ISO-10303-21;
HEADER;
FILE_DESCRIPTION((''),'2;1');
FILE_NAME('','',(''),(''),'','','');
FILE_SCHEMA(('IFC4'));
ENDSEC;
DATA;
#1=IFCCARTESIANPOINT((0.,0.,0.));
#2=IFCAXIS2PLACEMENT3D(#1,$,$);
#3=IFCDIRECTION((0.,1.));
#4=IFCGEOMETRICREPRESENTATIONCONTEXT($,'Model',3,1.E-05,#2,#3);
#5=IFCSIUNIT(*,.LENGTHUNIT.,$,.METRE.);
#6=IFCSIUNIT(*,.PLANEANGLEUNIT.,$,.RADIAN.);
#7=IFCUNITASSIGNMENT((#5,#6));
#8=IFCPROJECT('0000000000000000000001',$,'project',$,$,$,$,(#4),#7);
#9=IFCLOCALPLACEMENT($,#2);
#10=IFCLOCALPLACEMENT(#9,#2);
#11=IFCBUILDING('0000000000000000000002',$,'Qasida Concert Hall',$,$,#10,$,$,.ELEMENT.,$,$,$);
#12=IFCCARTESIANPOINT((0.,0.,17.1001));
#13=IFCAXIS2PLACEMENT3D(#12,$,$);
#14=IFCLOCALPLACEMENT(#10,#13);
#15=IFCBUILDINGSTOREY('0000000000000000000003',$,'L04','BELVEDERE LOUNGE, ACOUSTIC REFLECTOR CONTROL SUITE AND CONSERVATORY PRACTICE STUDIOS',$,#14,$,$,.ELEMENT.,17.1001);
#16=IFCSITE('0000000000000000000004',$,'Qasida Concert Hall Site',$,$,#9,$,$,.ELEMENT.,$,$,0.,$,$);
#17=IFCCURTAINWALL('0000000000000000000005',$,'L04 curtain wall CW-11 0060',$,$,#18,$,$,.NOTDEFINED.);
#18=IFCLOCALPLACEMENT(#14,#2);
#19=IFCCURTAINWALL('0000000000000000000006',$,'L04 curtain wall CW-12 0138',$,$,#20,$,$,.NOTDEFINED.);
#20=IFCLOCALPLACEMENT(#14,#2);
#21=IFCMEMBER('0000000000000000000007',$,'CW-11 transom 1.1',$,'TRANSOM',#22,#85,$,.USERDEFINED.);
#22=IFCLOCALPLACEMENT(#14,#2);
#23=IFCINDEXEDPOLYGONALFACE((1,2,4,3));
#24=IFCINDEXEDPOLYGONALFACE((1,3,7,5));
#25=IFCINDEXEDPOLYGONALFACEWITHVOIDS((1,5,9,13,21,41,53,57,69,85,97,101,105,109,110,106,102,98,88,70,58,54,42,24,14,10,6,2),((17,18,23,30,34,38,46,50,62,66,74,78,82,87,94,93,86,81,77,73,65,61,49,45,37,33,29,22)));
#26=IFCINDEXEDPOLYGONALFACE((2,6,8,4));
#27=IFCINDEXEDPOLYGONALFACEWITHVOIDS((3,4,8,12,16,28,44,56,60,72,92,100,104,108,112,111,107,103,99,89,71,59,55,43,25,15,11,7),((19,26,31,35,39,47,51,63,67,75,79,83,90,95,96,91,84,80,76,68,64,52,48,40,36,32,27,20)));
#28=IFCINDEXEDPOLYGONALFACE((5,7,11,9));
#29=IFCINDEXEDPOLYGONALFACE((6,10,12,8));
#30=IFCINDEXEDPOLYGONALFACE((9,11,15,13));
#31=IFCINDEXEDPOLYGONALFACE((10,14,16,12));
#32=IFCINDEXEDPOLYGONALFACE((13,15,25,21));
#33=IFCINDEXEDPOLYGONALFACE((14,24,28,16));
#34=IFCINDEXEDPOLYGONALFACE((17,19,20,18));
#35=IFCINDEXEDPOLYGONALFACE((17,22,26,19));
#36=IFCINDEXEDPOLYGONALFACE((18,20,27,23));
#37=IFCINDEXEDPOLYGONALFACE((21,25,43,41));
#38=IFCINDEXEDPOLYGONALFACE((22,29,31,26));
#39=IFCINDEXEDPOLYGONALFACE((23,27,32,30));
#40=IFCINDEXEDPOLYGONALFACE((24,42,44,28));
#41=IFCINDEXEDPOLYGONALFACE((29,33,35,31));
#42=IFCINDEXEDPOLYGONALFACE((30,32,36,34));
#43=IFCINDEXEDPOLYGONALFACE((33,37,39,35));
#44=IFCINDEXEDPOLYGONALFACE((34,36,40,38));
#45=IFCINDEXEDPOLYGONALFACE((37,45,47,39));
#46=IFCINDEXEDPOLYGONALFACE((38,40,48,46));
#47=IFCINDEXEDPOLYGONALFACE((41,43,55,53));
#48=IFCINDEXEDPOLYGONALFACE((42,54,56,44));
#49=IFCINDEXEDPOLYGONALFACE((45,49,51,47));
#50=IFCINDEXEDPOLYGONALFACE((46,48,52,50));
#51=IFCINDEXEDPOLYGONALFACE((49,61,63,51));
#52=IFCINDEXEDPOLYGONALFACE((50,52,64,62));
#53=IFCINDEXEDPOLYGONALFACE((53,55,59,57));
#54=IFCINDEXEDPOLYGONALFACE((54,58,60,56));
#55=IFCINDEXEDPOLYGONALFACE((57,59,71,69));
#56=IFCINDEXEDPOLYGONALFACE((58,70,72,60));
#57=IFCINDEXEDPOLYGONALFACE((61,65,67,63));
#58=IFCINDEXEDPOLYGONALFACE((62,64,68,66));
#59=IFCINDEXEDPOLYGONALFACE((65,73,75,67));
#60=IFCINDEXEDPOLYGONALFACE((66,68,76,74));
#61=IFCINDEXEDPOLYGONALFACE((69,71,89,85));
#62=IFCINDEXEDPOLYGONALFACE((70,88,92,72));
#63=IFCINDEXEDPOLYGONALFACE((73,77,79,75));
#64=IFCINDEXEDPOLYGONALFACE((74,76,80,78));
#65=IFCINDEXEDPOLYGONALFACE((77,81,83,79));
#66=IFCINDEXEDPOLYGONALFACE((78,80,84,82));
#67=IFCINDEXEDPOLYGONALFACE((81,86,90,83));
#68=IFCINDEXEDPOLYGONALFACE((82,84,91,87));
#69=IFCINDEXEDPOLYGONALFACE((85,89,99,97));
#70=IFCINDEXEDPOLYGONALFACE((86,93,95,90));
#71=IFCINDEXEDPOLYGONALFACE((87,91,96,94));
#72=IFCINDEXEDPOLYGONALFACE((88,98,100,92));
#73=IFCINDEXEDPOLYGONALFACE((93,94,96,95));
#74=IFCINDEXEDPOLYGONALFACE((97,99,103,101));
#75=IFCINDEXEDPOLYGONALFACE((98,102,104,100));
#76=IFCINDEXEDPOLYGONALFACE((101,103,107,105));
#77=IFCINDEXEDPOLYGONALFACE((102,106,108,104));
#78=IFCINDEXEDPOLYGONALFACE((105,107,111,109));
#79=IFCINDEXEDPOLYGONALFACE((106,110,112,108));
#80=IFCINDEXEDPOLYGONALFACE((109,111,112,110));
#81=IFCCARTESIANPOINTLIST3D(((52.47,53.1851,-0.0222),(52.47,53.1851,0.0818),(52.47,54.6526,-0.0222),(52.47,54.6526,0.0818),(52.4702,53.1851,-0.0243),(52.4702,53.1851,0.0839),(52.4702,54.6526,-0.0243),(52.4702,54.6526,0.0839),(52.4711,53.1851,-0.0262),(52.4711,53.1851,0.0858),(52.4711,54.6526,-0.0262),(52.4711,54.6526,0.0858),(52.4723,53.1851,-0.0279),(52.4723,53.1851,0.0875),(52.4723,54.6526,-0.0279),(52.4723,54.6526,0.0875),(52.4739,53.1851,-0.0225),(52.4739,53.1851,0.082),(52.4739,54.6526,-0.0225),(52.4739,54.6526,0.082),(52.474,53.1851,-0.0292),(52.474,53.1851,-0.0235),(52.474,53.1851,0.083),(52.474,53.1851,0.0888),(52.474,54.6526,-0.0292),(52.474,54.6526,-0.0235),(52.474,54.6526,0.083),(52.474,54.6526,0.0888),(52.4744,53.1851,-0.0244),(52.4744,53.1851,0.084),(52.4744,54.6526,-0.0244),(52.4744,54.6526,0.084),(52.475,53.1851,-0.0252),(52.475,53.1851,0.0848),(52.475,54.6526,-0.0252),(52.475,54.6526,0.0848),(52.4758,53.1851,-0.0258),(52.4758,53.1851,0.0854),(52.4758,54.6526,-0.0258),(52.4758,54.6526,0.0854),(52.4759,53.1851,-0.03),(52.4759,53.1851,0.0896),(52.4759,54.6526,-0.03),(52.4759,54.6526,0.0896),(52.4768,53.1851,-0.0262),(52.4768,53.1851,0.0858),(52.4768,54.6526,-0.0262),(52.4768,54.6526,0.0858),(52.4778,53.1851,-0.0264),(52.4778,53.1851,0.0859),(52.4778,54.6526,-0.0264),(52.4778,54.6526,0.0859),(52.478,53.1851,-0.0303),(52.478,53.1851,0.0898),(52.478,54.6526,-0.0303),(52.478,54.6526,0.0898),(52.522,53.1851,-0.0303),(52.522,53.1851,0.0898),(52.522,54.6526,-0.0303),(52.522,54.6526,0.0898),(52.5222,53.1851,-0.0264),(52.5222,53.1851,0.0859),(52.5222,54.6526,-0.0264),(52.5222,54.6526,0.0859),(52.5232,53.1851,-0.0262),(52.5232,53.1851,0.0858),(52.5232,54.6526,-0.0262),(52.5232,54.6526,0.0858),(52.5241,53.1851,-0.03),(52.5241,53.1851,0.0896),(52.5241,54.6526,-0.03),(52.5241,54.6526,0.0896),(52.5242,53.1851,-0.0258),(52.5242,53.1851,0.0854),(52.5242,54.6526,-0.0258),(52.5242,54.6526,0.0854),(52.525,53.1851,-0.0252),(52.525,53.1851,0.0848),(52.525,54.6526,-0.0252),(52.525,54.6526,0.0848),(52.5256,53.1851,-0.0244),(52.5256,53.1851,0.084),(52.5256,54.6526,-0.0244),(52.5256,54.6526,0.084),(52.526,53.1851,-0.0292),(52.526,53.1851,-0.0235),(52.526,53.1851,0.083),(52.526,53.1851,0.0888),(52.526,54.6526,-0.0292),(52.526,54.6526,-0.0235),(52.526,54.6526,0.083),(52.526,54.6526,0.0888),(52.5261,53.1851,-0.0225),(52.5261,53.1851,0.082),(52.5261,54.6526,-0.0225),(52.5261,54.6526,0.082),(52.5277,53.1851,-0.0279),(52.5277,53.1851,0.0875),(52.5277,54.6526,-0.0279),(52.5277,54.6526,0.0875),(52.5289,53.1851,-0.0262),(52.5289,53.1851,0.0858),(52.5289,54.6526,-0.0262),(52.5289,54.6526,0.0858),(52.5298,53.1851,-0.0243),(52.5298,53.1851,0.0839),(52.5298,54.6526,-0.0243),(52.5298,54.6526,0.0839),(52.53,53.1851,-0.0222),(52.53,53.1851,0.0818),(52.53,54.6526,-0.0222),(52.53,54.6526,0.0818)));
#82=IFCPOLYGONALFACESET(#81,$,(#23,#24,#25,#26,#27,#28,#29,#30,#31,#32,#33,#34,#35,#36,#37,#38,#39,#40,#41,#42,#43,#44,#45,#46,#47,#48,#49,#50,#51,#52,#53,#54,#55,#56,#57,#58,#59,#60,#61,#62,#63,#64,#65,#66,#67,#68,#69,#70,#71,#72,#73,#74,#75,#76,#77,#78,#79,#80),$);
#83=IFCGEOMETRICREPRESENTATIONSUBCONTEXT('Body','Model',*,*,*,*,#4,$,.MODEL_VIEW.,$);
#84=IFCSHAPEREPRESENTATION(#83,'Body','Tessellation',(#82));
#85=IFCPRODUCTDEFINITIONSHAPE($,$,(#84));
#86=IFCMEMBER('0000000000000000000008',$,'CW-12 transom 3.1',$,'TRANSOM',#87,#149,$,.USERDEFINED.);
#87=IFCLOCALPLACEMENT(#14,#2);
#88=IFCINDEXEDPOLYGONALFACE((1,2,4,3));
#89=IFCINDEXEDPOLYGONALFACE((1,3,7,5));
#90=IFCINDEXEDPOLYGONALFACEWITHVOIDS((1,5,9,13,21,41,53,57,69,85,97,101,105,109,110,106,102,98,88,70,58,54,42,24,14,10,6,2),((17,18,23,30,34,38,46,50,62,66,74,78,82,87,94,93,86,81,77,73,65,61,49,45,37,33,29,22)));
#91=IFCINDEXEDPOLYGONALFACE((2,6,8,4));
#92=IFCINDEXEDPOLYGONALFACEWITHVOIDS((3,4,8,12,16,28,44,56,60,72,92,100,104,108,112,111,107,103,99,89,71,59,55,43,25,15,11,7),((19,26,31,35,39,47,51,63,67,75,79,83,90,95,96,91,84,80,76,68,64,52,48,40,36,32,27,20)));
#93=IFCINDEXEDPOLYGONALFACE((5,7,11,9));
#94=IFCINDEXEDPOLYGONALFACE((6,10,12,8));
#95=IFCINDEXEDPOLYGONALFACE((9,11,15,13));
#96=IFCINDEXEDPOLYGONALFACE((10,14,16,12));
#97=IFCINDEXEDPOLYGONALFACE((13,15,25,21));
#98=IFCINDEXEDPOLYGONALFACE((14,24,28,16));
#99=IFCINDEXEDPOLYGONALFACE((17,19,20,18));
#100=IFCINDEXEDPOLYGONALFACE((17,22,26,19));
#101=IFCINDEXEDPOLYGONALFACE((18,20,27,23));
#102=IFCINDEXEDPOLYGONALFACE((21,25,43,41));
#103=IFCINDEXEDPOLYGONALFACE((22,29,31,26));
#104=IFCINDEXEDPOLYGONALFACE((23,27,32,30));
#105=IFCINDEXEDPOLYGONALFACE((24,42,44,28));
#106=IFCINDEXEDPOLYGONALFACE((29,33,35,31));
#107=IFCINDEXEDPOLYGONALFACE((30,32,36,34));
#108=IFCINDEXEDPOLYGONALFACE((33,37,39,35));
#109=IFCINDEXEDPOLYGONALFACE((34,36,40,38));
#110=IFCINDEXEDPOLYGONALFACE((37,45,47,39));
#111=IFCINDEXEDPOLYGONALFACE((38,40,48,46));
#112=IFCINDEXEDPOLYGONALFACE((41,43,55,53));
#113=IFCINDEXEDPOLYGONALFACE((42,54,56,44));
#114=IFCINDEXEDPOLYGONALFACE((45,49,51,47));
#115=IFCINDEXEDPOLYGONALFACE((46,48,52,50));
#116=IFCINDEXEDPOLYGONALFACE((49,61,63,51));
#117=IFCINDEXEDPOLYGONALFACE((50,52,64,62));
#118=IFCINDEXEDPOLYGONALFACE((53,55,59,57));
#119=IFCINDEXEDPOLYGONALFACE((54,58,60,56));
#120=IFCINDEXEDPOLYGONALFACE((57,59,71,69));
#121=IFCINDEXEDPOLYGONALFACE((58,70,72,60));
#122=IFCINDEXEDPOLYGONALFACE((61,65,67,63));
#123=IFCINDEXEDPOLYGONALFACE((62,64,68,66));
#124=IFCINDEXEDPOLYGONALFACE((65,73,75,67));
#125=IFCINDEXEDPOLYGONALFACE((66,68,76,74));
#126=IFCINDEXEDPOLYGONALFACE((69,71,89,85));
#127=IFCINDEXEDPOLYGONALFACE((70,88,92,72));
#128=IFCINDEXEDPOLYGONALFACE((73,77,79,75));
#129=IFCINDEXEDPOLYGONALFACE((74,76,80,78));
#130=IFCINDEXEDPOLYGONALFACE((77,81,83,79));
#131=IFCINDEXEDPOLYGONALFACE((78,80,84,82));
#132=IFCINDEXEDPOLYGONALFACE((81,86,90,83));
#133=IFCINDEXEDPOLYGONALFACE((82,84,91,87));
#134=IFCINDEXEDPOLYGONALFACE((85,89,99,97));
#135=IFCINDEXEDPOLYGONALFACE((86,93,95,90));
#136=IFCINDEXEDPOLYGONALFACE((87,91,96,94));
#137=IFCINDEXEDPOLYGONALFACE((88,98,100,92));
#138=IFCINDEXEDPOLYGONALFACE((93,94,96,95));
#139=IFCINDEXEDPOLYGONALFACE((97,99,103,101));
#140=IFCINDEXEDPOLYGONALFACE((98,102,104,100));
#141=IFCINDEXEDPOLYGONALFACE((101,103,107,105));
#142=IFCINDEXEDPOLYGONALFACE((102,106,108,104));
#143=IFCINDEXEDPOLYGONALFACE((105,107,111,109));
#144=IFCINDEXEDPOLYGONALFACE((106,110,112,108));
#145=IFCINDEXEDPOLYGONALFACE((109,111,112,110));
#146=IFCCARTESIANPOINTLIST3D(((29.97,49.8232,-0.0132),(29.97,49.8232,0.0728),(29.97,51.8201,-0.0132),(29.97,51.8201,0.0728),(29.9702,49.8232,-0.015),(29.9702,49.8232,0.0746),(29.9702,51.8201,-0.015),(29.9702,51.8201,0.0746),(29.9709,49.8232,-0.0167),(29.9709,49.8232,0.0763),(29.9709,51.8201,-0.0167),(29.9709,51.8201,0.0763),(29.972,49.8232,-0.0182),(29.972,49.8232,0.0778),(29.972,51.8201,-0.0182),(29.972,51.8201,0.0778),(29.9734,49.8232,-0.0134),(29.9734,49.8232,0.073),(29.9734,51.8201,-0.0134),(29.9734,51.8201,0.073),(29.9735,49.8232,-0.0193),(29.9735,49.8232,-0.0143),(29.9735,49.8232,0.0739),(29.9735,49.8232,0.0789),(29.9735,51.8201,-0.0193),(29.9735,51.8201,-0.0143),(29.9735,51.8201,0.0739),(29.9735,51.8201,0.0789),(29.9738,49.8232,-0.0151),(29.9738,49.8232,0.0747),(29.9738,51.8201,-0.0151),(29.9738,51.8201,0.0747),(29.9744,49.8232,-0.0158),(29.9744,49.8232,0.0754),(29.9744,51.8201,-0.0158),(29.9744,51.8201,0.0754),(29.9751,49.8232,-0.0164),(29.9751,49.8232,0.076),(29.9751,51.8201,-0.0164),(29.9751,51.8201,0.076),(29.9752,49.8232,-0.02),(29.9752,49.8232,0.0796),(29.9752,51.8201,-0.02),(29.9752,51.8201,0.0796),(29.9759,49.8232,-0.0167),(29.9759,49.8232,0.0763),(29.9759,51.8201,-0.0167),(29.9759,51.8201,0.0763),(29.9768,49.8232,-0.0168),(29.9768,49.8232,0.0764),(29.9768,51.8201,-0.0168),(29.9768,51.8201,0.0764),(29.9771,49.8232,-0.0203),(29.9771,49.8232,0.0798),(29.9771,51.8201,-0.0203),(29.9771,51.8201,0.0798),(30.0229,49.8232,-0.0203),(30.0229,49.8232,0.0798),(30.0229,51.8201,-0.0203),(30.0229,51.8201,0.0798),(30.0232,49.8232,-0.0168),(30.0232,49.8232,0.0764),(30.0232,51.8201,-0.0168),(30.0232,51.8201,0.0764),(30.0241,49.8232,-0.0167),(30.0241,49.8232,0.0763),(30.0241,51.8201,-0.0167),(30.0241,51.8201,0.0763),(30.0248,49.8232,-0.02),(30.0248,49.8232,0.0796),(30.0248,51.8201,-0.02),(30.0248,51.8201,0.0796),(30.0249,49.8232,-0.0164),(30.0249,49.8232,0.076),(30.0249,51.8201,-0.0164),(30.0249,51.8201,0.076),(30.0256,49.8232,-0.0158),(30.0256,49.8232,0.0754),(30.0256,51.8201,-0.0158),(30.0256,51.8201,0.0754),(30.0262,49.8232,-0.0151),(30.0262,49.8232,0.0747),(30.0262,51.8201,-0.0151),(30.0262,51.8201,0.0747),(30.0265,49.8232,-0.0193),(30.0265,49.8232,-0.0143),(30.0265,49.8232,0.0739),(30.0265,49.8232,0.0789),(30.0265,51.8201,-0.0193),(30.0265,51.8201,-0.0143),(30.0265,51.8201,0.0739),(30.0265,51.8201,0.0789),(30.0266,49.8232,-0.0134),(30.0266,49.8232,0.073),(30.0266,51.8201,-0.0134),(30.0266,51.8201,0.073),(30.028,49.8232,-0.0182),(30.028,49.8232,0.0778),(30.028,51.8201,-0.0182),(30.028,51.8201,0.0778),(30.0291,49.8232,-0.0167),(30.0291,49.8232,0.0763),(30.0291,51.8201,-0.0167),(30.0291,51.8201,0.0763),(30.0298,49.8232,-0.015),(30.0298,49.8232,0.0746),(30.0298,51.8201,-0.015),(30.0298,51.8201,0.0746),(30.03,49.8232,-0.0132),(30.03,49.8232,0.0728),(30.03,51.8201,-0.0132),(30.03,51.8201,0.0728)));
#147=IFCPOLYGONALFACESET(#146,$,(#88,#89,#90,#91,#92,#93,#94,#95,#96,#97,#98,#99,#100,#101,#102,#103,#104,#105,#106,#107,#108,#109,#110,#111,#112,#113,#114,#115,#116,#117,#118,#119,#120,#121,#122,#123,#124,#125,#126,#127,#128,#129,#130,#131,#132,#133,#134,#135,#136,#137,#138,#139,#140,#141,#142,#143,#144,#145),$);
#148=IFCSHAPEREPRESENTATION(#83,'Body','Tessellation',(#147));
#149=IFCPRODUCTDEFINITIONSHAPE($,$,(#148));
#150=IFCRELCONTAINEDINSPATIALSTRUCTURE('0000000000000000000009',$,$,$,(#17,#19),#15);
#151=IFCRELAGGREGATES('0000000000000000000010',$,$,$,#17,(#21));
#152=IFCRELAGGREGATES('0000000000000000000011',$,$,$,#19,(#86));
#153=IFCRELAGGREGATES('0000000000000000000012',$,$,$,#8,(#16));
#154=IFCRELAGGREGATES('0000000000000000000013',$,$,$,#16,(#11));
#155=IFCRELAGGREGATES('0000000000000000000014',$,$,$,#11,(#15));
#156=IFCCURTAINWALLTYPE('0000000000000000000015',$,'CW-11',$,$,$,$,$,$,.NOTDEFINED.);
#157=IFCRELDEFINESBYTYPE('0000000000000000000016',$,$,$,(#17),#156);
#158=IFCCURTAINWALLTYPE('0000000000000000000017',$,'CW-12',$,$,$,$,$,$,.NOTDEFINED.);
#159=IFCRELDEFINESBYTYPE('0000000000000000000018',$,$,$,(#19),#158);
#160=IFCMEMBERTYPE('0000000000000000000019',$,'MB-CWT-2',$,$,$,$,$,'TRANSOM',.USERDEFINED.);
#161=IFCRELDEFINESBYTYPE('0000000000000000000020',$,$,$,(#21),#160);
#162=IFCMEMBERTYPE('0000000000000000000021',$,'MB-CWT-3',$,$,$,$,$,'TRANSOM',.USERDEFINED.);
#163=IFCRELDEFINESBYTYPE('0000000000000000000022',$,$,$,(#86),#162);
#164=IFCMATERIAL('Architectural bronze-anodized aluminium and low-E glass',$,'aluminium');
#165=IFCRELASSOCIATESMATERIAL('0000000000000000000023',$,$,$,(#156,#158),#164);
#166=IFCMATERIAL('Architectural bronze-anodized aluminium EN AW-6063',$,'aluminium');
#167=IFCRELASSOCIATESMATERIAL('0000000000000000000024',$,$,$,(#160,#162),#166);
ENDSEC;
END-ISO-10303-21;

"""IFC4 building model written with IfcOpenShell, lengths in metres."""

from ifc_helpers import new_model, si_unit, direction, frame, origin, origin_2d, place, context, subcontext, project, spatial, hollow_rectangle, extrude, material, material_profile, profile_set, type_object, element, aggregate, save


model = new_model("IFC4")

# Units and contexts
model_context = context("Model", 3, precision=1e-05, world=origin(), true_north=direction((0.0, 1.0)))
body_context = subcontext(model_context, "Body", "Model", "MODEL_VIEW")
ifc_project = project(units=[si_unit("LENGTHUNIT", "METRE"), si_unit("PLANEANGLEUNIT", "RADIAN")], contexts=[model_context])

# Site, building, storey
site_placement = place(None, origin())
site = spatial("IfcSite", under=ifc_project, at=site_placement, Name="Qasida Concert Hall Site", CompositionType="ELEMENT", RefElevation=0.0)
building_placement = place(site_placement, origin())
building = spatial("IfcBuilding", under=site, at=building_placement, Name="Qasida Concert Hall", CompositionType="ELEMENT")
storey_placement = place(building_placement, frame((0.0, 0.0, 17.1001)))
storey = spatial("IfcBuildingStorey", under=building, at=storey_placement, Name="L04", Description="BELVEDERE LOUNGE, ACOUSTIC REFLECTOR CONTROL SUITE AND CONSERVATORY PRACTICE STUDIOS", CompositionType="ELEMENT", Elevation=17.1001)

# Curtain wall
ifc_material_1 = material(Name="Architectural bronze-anodized aluminium and low-E glass", Category="aluminium")
curtain_wall_type_1 = type_object("IfcCurtainWallType", Name="CW-11", PredefinedType="NOTDEFINED", material=ifc_material_1)
curtain_wall_1_placement = place(storey_placement, origin())
curtain_wall_1 = element("IfcCurtainWall", 1, at=curtain_wall_1_placement, inside=storey, type_object=curtain_wall_type_1, Name="L04 curtain wall CW-11 0060", PredefinedType="NOTDEFINED")
ifc_material_2 = material(Name="Architectural bronze-anodized aluminium EN AW-6063", Category="aluminium")
curtain_wall_type_2 = type_object("IfcCurtainWallType", Name="CW-12", PredefinedType="NOTDEFINED", material=ifc_material_1)

# Curtain wall
curtain_wall_2_placement = place(storey_placement, origin())
curtain_wall_2 = element("IfcCurtainWall", 2, at=curtain_wall_2_placement, inside=storey, type_object=curtain_wall_type_2, Name="L04 curtain wall CW-12 0138", PredefinedType="NOTDEFINED")

# Members
ifc_material_profile_1 = material_profile(ifc_material_2, hollow_rectangle(XDim=0.0601, YDim=0.1201, WallThickness=0.0039, InnerFilletRadius=0.0039, OuterFilletRadius=0.0081, at=origin_2d()), Name="CWT 120x60x4")
ifc_profile_set_1 = profile_set([ifc_material_profile_1], Name="Architectural bronze-anodized aluminium EN AW-6063")
member_type_1 = type_object("IfcMemberType", Name="MB-CWT-2", ElementType="TRANSOM", PredefinedType="USERDEFINED", material=ifc_profile_set_1)
member_1_placement = place(storey_placement, frame((52.5, 53.1851, 0.0298), z_axis=(0.0, 1.0, 0.0), x_axis=(-1.0, 0.0, 0.0)))
member_1 = element("IfcMember", 3, at=member_1_placement, type_object=member_type_1, Name="CW-11 transom 1.1", ObjectType="TRANSOM", PredefinedType="USERDEFINED", context=body_context, shape_type="SweptSolid", body=[
    extrude(hollow_rectangle(XDim=0.0601, YDim=0.1201, WallThickness=0.0039, InnerFilletRadius=0.0039, OuterFilletRadius=0.0081, at=origin_2d()), origin(), (0.0, 0.0, 1.0), 1.4675),
])
aggregate(curtain_wall_1, [member_1])
ifc_material_profile_2 = material_profile(ifc_material_2, hollow_rectangle(XDim=0.0601, YDim=0.1001, WallThickness=0.0034, InnerFilletRadius=0.0034, OuterFilletRadius=0.0071, at=origin_2d()), Name="CWT 100x60x3.5")
ifc_profile_set_2 = profile_set([ifc_material_profile_2], Name="Architectural bronze-anodized aluminium EN AW-6063")
member_type_2 = type_object("IfcMemberType", Name="MB-CWT-3", ElementType="TRANSOM", PredefinedType="USERDEFINED", material=ifc_profile_set_2)
member_2_placement = place(storey_placement, frame((30.0, 49.8232, 0.0298), z_axis=(0.0, 1.0, 0.0), x_axis=(-1.0, 0.0, 0.0)))
member_2 = element("IfcMember", 4, at=member_2_placement, type_object=member_type_2, Name="CW-12 transom 3.1", ObjectType="TRANSOM", PredefinedType="USERDEFINED", context=body_context, shape_type="SweptSolid", body=[
    extrude(hollow_rectangle(XDim=0.0601, YDim=0.1001, WallThickness=0.0034, InnerFilletRadius=0.0034, OuterFilletRadius=0.0071, at=origin_2d()), origin(), (0.0, 0.0, 1.0), 1.9968),
])

aggregate(curtain_wall_2, [member_2])

save(model, "model.ifc")
